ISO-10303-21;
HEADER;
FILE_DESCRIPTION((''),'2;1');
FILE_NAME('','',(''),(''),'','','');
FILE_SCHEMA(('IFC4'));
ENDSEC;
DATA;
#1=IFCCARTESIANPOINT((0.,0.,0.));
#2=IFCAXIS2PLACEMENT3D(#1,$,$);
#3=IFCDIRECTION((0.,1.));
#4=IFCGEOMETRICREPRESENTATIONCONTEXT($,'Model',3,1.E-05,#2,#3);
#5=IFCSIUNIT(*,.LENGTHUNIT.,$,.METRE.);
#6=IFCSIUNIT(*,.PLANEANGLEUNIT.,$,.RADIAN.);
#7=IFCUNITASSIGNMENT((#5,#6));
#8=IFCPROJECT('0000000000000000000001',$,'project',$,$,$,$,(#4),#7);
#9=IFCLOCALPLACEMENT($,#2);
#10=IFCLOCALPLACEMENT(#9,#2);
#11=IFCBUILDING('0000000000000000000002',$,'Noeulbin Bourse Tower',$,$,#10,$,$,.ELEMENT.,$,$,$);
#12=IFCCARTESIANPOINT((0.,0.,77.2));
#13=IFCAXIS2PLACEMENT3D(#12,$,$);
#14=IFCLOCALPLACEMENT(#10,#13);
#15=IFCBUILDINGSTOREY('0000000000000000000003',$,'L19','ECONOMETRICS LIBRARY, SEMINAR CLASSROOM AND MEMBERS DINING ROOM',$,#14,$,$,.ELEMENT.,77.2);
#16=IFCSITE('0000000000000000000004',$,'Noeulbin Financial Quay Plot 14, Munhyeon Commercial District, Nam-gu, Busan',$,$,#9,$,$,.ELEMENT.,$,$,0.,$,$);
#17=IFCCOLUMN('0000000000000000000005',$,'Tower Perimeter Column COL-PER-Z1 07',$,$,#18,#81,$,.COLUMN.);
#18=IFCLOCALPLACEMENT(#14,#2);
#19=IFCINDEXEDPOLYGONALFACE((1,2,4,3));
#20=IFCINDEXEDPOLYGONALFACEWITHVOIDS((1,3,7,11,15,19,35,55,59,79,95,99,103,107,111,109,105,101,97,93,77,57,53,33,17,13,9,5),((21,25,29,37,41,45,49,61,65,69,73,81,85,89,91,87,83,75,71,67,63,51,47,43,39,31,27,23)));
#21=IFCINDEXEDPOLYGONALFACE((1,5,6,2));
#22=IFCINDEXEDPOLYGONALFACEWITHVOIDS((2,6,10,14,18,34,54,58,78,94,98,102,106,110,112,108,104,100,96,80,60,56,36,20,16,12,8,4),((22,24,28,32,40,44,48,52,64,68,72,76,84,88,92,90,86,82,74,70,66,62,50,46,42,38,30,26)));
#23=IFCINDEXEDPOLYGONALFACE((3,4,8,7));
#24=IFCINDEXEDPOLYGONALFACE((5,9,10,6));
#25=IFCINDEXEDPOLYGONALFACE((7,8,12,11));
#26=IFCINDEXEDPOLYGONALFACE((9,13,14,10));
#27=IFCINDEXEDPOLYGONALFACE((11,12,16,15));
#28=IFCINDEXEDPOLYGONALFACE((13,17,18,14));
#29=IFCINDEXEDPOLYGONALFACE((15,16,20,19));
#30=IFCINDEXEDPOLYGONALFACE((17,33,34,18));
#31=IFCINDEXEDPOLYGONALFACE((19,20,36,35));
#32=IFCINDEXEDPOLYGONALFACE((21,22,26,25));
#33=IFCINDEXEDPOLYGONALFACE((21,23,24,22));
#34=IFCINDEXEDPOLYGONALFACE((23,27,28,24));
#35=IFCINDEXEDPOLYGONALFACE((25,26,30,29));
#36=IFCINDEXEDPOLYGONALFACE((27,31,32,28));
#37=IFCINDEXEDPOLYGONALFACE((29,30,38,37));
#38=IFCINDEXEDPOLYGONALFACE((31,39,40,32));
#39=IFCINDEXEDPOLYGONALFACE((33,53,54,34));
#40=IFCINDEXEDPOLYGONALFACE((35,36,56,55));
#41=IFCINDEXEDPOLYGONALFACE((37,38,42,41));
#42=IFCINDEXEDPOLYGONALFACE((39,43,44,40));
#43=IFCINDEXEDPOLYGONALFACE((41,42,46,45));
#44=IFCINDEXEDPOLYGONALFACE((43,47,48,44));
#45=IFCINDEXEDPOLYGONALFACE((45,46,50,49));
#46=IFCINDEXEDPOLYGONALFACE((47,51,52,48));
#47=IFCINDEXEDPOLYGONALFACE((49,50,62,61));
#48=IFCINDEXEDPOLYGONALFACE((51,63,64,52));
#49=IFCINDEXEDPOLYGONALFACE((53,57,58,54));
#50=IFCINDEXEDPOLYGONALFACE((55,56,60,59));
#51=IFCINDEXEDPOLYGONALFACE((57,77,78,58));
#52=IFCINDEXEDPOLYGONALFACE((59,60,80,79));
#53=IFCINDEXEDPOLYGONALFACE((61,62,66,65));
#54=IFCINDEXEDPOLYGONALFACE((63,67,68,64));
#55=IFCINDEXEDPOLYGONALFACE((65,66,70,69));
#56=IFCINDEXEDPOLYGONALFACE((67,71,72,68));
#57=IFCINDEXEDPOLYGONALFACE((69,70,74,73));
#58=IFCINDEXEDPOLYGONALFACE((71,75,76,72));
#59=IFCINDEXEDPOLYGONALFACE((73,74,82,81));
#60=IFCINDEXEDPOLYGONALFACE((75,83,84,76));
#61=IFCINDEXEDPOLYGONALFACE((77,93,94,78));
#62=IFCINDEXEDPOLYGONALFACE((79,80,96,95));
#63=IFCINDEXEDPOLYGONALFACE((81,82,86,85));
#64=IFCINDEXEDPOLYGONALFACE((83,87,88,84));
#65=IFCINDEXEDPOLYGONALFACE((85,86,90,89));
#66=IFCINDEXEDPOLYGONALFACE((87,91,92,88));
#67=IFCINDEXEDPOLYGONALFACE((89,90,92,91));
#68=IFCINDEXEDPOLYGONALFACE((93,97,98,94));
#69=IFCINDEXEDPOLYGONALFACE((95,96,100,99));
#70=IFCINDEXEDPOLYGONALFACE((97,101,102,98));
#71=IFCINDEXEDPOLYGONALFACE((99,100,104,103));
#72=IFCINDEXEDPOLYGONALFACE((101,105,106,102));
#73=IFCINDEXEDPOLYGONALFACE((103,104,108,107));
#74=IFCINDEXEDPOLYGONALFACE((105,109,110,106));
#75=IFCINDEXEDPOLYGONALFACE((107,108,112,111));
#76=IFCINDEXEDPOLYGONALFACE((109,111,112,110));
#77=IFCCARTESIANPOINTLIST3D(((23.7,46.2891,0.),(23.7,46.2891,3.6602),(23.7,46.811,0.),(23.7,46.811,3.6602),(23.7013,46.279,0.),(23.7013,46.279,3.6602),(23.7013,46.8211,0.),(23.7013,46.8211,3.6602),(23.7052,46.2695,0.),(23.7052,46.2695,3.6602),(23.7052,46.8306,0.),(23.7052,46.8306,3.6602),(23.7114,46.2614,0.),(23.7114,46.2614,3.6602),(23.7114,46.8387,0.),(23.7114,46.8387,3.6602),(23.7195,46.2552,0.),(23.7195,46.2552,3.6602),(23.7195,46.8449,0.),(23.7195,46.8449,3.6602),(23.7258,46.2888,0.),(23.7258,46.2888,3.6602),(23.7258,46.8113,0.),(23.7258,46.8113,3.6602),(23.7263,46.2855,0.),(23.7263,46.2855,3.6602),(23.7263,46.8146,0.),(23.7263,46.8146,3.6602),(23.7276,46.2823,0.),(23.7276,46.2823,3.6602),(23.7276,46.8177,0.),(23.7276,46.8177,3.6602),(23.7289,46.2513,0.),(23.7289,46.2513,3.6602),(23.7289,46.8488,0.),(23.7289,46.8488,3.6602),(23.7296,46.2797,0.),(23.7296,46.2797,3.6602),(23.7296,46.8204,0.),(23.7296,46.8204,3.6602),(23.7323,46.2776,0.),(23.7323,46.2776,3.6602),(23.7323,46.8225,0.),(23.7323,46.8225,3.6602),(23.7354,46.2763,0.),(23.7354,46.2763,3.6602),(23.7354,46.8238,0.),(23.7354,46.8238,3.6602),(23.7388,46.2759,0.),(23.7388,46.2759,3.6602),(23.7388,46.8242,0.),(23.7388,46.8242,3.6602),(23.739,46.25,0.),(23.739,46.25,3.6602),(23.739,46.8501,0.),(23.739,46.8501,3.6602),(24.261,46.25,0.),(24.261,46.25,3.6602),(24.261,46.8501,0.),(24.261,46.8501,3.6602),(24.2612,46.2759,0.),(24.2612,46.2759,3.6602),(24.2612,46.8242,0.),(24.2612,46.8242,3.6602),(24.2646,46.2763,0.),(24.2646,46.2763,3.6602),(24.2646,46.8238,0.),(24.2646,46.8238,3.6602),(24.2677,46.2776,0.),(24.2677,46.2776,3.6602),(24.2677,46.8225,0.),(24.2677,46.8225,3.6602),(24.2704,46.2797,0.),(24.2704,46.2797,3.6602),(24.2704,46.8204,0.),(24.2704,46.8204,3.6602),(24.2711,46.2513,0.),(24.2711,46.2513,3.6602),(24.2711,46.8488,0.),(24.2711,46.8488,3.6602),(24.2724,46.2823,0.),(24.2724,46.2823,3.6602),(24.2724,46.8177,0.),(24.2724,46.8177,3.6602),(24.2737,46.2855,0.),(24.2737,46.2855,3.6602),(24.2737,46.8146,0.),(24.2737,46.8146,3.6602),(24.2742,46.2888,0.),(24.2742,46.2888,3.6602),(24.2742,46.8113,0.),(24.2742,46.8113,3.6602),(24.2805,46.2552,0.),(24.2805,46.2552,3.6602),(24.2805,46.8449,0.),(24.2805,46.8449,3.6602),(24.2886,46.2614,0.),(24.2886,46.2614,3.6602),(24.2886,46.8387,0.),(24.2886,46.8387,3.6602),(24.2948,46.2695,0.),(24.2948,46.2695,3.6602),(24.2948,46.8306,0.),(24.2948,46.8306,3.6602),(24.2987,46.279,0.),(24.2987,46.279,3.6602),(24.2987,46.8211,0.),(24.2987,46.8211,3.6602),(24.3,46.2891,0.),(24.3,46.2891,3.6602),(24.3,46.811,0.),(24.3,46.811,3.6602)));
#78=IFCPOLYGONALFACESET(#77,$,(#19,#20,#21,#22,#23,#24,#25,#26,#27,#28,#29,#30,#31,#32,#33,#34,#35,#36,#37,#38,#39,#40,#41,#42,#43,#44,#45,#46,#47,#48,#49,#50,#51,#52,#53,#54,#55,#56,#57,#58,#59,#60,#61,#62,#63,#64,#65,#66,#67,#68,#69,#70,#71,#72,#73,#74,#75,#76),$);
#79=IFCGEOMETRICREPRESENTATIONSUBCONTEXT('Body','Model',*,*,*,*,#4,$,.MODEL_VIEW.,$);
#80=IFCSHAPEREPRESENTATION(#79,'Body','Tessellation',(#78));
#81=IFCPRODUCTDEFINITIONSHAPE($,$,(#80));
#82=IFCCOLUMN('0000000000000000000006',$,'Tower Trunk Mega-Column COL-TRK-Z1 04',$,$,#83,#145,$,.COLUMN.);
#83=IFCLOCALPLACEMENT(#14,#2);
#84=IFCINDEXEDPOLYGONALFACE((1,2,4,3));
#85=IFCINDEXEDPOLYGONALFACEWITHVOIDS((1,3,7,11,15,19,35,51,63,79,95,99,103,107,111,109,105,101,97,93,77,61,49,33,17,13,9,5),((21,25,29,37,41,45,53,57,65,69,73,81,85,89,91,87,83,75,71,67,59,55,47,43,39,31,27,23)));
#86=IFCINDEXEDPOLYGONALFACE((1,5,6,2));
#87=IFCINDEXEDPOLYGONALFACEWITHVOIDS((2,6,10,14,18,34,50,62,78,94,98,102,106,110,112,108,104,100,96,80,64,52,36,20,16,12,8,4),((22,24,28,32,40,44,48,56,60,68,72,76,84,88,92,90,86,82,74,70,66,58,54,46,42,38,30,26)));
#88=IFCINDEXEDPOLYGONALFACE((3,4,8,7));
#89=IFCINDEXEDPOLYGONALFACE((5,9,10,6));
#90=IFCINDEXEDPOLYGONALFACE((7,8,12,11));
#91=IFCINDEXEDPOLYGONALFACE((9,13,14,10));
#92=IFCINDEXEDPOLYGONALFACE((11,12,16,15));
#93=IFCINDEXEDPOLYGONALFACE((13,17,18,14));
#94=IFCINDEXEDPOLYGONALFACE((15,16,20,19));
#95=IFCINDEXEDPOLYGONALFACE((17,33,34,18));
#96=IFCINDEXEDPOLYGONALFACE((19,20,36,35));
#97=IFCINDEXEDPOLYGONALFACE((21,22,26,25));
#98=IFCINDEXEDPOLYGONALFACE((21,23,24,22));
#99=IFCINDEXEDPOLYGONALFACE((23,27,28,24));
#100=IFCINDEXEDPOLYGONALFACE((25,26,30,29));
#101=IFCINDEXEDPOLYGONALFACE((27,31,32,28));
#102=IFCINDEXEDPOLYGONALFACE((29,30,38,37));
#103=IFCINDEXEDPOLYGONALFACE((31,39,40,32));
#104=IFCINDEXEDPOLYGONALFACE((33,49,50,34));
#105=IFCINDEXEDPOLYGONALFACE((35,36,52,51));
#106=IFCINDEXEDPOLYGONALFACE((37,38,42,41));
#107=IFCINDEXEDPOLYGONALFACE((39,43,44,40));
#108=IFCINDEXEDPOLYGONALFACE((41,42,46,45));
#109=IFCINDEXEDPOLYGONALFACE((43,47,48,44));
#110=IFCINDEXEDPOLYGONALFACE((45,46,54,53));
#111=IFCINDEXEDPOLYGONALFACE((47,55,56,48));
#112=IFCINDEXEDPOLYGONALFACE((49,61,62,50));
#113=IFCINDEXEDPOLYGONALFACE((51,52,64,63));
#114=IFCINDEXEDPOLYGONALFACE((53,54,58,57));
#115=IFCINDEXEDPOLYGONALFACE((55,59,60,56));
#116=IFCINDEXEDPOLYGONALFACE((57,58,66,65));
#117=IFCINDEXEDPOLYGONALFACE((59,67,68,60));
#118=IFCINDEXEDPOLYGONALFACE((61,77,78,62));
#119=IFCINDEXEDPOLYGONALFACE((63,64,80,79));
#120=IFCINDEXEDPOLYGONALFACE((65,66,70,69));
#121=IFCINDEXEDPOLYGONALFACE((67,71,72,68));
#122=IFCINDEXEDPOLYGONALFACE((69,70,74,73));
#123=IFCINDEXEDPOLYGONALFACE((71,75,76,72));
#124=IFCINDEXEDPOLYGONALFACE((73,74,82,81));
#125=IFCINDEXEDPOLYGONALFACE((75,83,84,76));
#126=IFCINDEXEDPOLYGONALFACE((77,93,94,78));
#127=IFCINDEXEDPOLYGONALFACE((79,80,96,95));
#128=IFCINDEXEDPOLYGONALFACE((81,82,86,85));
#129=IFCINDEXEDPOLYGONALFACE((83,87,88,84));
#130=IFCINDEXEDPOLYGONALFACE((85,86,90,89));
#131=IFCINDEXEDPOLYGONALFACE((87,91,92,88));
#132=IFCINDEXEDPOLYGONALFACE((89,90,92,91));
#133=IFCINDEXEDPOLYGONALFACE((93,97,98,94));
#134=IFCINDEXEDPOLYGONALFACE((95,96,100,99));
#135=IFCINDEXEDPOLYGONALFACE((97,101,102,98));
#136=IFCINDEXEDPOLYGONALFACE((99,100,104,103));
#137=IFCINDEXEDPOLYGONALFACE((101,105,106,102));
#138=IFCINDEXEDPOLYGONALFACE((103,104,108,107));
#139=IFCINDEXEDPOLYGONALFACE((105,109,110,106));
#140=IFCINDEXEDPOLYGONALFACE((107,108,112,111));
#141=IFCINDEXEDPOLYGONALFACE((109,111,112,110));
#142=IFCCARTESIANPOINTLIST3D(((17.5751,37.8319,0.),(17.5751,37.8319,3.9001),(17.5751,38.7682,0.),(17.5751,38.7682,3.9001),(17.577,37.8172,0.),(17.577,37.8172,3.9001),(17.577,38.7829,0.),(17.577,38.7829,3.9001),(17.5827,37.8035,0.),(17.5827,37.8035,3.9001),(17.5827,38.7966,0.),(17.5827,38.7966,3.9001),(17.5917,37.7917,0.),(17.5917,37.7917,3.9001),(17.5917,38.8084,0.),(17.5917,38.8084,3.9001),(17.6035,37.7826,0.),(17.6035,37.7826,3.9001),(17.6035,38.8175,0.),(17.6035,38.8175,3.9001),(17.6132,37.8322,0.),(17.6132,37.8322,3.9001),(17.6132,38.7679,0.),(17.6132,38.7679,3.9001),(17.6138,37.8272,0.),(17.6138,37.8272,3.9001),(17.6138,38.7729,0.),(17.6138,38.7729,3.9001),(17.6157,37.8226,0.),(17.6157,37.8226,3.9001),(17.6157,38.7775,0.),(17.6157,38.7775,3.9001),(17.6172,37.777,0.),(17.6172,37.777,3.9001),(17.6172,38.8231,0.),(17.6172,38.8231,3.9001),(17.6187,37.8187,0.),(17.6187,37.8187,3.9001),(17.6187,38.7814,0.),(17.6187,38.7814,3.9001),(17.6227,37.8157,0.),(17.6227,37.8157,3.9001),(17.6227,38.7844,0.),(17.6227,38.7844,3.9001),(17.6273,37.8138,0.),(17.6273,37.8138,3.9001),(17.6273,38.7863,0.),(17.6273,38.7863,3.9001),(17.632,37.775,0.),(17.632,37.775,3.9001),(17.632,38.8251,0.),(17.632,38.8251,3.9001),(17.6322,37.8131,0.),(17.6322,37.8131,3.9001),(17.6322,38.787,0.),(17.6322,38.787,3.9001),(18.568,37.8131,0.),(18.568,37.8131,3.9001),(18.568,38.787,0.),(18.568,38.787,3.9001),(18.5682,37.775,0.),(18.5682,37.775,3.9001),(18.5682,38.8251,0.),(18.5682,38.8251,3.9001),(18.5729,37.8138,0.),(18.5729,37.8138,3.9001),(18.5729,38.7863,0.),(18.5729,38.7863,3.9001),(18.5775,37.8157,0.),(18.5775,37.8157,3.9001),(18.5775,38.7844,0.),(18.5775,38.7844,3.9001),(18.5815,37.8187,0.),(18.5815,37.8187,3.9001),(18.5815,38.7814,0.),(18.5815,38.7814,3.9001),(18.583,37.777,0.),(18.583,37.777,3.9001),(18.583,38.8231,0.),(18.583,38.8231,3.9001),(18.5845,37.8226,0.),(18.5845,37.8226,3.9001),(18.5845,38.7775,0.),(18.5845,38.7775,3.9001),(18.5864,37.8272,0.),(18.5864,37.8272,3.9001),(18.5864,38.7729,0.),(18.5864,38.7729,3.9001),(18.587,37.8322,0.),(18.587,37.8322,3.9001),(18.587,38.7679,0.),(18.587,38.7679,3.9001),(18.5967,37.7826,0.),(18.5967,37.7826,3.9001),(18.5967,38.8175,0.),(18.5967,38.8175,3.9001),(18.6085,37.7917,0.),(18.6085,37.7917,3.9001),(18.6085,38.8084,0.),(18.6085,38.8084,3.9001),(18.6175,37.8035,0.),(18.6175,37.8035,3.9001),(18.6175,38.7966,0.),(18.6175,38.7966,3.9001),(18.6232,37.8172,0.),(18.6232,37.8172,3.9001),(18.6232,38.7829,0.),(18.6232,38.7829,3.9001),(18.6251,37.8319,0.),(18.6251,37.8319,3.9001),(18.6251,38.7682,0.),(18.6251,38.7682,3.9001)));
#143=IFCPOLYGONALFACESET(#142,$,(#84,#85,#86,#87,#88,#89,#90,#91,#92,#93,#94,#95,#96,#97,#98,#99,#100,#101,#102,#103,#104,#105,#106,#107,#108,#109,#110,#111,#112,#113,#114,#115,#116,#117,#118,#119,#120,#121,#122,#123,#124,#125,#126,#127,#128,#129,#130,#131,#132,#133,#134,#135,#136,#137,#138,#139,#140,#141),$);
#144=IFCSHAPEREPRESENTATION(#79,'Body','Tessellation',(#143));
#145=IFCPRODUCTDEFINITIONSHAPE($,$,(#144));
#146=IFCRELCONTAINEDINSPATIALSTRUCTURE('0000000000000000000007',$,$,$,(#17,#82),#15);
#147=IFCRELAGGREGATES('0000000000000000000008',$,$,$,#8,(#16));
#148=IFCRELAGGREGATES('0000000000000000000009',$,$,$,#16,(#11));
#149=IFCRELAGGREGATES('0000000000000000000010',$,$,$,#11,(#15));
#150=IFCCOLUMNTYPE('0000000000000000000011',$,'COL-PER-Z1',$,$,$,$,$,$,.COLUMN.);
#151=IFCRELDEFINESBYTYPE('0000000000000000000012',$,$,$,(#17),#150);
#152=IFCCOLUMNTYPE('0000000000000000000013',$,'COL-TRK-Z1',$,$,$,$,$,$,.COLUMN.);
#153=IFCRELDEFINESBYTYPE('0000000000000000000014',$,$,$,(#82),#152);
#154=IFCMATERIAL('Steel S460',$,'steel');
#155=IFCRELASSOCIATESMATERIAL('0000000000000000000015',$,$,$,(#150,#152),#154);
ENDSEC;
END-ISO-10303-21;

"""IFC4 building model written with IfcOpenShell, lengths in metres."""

from ifc_helpers import new_model, si_unit, direction, frame, origin, origin_2d, place, context, subcontext, project, spatial, hollow_rectangle, extrude, material, material_profile, profile_set, type_object, element, save


model = new_model("IFC4")

# Units and contexts
model_context = context("Model", 3, precision=1e-05, world=origin(), true_north=direction((0.0, 1.0)))
body_context = subcontext(model_context, "Body", "Model", "MODEL_VIEW")
ifc_project = project(units=[si_unit("LENGTHUNIT", "METRE"), si_unit("PLANEANGLEUNIT", "RADIAN")], contexts=[model_context])

# Site, building, storey
site_placement = place(None, origin())
site = spatial("IfcSite", under=ifc_project, at=site_placement, Name="Noeulbin Financial Quay Plot 14, Munhyeon Commercial District, Nam-gu, Busan", CompositionType="ELEMENT", RefElevation=0.0)
building_placement = place(site_placement, origin())
building = spatial("IfcBuilding", under=site, at=building_placement, Name="Noeulbin Bourse Tower", CompositionType="ELEMENT")
storey_placement = place(building_placement, frame((0.0, 0.0, 77.2)))
storey = spatial("IfcBuildingStorey", under=building, at=storey_placement, Name="L19", Description="ECONOMETRICS LIBRARY, SEMINAR CLASSROOM AND MEMBERS DINING ROOM", CompositionType="ELEMENT", Elevation=77.2)

# Columns
ifc_material_1 = material(Name="Steel S460", Category="steel")
ifc_material_profile_1 = material_profile(ifc_material_1, hollow_rectangle(XDim=0.6001, YDim=0.6001, WallThickness=0.0259, InnerFilletRadius=0.0129, OuterFilletRadius=0.0391, at=origin_2d()), Name="BOX-600x600x26", Category="LoadBearing")
ifc_profile_set_1 = profile_set([ifc_material_profile_1], Name="Steel S460")
column_type_1 = type_object("IfcColumnType", Name="COL-PER-Z1", PredefinedType="COLUMN", material=ifc_profile_set_1)
column_placement = place(storey_placement, frame((24.0, 46.55, 0.0), z_axis=(0.0, 0.0, 1.0), x_axis=(1.0, 0.0, 0.0)))
element("IfcColumn", 1, at=column_placement, inside=storey, type_object=column_type_1, Name="Tower Perimeter Column COL-PER-Z1 07", PredefinedType="COLUMN", context=body_context, shape_type="SweptSolid", body=[
    extrude(hollow_rectangle(XDim=0.6001, YDim=0.6001, WallThickness=0.0259, InnerFilletRadius=0.0129, OuterFilletRadius=0.0391, at=origin_2d()), origin(), (0.0, 0.0, 1.0), 3.6602),
])
ifc_material_profile_2 = material_profile(ifc_material_1, hollow_rectangle(XDim=1.05, YDim=1.05, WallThickness=0.0381, InnerFilletRadius=0.019, OuterFilletRadius=0.0569, at=origin_2d()), Name="BOX-1050x1050x38", Category="LoadBearing")
ifc_profile_set_2 = profile_set([ifc_material_profile_2], Name="Steel S460")
column_type_2 = type_object("IfcColumnType", Name="COL-TRK-Z1", PredefinedType="COLUMN", material=ifc_profile_set_2)
for number, where, z_axis, x_axis, name in (
    (2, (18.1001, 38.3, 0.0), (0.0, 0.0, 1.0), (1.0, 0.0, 0.0), "Tower Trunk Mega-Column COL-TRK-Z1 04"),
):
    element("IfcColumn", number, at=place(storey_placement, frame(where, z_axis=z_axis, x_axis=x_axis)), inside=storey, type_object=column_type_2, Name=name, PredefinedType="COLUMN", context=body_context, shape_type="SweptSolid", body=[
        extrude(hollow_rectangle(XDim=1.05, YDim=1.05, WallThickness=0.0381, InnerFilletRadius=0.019, OuterFilletRadius=0.0569, at=origin_2d()), origin(), (0.0, 0.0, 1.0), 3.9001),
    ])

save(model, "model.ifc")
